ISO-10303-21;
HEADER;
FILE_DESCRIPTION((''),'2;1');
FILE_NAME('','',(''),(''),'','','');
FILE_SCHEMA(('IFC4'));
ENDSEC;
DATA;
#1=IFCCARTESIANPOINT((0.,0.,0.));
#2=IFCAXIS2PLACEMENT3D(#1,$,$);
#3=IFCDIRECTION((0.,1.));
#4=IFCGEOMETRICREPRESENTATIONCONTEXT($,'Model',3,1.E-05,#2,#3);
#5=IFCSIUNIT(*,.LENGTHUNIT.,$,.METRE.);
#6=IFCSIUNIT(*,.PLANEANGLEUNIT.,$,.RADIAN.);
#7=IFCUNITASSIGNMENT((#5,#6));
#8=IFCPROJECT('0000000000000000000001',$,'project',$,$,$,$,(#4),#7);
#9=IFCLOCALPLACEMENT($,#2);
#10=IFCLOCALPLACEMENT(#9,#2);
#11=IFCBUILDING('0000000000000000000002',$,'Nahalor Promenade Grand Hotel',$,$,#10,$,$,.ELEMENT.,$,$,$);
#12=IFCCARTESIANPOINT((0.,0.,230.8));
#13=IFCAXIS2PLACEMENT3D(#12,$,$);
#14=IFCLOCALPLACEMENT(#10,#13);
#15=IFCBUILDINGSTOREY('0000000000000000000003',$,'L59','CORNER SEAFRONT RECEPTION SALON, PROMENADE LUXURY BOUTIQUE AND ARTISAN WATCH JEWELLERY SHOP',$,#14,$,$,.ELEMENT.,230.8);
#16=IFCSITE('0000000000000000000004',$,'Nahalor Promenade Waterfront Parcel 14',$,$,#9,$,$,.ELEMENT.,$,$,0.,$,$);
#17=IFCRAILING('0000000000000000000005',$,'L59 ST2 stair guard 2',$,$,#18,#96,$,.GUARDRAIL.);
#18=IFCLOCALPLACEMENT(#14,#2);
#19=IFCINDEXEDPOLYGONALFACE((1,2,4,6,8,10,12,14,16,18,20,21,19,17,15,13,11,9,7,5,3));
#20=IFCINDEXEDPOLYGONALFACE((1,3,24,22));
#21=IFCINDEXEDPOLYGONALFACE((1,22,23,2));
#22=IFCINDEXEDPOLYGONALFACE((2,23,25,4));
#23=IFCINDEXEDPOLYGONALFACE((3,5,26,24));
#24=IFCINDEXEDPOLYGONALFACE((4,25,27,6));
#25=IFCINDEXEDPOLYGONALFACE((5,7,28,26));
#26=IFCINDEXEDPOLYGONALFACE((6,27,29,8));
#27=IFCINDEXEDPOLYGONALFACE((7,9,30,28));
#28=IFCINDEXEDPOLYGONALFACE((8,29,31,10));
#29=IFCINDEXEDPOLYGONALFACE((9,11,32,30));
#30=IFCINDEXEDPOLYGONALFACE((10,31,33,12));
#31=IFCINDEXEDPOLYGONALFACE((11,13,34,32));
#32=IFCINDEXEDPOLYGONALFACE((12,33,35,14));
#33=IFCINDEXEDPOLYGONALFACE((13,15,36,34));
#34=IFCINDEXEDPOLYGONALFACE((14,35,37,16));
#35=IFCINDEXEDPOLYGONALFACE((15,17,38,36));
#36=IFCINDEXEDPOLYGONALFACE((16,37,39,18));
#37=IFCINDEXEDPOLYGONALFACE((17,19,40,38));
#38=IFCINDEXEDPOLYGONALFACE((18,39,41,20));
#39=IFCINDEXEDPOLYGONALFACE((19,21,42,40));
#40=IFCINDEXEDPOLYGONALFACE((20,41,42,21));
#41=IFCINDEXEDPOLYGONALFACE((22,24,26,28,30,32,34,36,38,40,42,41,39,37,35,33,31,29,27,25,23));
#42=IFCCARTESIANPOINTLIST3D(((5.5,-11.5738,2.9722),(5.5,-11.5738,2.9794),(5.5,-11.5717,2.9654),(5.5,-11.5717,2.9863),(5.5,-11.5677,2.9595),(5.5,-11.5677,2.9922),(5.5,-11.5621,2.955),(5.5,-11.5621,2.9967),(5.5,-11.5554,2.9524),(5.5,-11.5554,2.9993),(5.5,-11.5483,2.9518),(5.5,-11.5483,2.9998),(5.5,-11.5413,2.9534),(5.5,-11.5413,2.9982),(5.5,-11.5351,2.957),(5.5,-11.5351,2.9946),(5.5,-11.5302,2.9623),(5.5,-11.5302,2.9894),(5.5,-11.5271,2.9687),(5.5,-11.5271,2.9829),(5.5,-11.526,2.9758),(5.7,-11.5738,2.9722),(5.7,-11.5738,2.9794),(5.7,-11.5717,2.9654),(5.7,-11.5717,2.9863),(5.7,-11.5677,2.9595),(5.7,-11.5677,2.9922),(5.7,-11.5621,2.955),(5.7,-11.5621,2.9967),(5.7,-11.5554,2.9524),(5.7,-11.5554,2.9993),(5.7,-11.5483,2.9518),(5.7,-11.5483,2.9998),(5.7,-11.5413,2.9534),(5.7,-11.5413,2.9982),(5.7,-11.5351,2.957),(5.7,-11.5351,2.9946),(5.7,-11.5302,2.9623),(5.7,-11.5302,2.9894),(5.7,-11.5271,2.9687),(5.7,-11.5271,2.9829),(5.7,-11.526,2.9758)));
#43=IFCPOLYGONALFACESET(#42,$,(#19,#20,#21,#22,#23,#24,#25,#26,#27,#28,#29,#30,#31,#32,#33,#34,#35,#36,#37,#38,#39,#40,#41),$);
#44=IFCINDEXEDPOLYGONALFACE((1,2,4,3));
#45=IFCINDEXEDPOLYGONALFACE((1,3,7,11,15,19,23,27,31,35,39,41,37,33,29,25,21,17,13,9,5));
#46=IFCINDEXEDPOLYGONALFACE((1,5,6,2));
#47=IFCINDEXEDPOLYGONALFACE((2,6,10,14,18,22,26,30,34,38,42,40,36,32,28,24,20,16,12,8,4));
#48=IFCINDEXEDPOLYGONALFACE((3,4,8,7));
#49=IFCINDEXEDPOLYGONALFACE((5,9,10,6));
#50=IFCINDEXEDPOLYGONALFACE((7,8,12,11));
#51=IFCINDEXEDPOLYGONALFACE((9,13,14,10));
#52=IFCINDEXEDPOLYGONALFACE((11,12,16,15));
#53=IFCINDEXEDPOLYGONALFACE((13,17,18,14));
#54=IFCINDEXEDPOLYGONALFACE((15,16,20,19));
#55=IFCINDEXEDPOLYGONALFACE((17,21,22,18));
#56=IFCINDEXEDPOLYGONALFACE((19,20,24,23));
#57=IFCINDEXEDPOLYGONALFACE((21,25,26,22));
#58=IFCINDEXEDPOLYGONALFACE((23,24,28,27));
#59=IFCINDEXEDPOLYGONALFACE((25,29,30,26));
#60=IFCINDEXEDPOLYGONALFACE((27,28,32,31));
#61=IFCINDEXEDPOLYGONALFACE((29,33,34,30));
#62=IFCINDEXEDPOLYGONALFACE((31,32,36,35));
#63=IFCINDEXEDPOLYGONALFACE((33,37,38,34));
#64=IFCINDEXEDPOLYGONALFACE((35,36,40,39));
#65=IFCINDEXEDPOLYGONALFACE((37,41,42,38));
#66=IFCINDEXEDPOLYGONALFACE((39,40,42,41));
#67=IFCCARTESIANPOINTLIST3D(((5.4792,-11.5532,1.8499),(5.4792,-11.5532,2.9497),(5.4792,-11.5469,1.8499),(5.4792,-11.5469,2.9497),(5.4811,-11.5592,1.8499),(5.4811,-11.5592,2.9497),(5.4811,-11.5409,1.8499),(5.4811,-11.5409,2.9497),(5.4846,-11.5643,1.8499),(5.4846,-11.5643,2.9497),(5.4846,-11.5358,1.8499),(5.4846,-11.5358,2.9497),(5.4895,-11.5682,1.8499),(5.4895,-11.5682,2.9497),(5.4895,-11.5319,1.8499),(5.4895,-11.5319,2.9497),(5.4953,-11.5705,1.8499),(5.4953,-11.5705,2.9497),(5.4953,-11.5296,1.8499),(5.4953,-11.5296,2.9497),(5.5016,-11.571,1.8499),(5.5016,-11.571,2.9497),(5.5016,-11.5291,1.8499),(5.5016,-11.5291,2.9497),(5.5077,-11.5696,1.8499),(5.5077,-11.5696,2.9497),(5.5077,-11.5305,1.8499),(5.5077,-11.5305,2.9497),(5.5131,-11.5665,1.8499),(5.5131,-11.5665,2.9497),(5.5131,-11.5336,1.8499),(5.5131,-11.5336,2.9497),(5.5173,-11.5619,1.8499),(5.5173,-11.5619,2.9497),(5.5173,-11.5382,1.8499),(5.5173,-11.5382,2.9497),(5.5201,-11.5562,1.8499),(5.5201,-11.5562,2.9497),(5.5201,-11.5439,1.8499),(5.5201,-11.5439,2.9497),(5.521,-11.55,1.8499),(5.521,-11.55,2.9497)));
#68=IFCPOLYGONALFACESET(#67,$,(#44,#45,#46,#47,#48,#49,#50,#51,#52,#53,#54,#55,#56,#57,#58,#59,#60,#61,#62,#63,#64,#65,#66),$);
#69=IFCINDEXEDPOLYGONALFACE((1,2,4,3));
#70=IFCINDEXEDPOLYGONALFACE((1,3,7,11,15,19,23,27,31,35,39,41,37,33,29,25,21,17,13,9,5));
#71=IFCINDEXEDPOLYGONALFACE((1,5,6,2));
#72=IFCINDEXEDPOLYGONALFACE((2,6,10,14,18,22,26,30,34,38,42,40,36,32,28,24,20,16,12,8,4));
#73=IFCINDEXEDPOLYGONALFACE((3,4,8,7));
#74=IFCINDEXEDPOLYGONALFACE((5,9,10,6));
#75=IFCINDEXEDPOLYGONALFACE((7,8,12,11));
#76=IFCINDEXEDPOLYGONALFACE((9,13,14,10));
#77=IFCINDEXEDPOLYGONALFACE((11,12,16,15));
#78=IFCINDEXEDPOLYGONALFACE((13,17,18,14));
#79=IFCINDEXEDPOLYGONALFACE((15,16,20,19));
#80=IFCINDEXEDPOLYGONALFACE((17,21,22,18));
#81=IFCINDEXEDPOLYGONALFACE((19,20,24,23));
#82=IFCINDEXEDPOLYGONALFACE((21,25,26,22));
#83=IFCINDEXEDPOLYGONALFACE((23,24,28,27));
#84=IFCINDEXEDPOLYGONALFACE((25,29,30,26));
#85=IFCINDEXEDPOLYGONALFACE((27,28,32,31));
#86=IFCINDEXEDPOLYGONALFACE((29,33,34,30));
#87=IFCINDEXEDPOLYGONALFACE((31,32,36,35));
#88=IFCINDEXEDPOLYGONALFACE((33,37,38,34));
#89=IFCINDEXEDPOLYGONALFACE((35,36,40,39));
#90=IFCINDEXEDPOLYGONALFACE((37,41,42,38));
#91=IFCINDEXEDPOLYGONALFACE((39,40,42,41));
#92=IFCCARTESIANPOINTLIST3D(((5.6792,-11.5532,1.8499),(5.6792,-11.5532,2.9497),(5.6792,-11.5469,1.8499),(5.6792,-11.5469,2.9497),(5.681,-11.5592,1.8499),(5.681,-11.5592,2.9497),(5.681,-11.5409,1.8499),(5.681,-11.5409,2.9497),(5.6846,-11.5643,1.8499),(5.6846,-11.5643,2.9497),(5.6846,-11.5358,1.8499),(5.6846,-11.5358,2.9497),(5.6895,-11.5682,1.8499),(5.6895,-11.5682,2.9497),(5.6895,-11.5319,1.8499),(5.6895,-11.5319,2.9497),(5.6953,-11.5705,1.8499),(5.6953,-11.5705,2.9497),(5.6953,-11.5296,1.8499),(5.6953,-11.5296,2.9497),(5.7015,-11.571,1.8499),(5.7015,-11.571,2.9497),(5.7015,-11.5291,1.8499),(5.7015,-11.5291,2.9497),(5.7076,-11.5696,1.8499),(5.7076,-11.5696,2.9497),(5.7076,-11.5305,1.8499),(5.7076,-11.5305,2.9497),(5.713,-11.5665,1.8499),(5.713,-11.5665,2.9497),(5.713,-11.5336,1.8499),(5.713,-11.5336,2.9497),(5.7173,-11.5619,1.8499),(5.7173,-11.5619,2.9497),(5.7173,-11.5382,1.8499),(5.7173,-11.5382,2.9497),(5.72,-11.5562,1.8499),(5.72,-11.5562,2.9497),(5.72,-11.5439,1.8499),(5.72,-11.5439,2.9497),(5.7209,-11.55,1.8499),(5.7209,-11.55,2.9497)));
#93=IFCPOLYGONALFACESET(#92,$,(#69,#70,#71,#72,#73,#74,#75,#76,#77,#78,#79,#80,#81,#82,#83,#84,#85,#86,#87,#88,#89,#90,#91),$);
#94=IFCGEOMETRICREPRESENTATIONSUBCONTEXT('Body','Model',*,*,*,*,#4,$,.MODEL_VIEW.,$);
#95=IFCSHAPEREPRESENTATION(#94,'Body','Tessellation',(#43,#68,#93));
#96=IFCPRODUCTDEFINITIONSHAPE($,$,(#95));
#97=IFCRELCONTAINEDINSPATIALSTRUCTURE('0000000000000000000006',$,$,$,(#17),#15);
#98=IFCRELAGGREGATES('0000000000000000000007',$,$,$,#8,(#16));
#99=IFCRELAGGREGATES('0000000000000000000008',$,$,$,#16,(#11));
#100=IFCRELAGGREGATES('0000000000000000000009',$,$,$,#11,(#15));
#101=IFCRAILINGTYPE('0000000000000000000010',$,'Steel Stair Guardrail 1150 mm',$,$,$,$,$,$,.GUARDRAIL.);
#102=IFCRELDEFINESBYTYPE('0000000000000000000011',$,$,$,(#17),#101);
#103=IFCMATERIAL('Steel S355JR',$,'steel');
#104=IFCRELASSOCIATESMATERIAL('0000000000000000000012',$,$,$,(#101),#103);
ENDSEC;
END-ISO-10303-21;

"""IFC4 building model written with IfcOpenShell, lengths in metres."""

from ifc_helpers import new_model, si_unit, direction, frame, origin, origin_2d, place, context, subcontext, project, spatial, circle, extrude, material, type_object, element, save


model = new_model("IFC4")

# Units and contexts
model_context = context("Model", 3, precision=1e-05, world=origin(), true_north=direction((0.0, 1.0)))
body_context = subcontext(model_context, "Body", "Model", "MODEL_VIEW")
ifc_project = project(units=[si_unit("LENGTHUNIT", "METRE"), si_unit("PLANEANGLEUNIT", "RADIAN")], contexts=[model_context])

# Site, building, storey
site_placement = place(None, origin())
site = spatial("IfcSite", under=ifc_project, at=site_placement, Name="Nahalor Promenade Waterfront Parcel 14", CompositionType="ELEMENT", RefElevation=0.0)
building_placement = place(site_placement, origin())
building = spatial("IfcBuilding", under=site, at=building_placement, Name="Nahalor Promenade Grand Hotel", CompositionType="ELEMENT")
storey_placement = place(building_placement, frame((0.0, 0.0, 230.8)))
storey = spatial("IfcBuildingStorey", under=building, at=storey_placement, Name="L59", Description="CORNER SEAFRONT RECEPTION SALON, PROMENADE LUXURY BOUTIQUE AND ARTISAN WATCH JEWELLERY SHOP", CompositionType="ELEMENT", Elevation=230.8)

# Shared definitions
ifc_material_1 = material(Name="Steel S355JR", Category="steel")

# Railing
railing_type_1 = type_object("IfcRailingType", Name="Steel Stair Guardrail 1150 mm", PredefinedType="GUARDRAIL", material=ifc_material_1)
railing_1_placement = place(storey_placement, frame((5.5, -11.55, 1.8499)))
element("IfcRailing", 1, at=railing_1_placement, inside=storey, type_object=railing_type_1, Name="L59 ST2 stair guard 2", PredefinedType="GUARDRAIL", context=body_context, shape_type="SweptSolid", body=[
    extrude(circle(Radius=0.024, at=origin_2d()), frame((0.0, 0.0, 1.126), z_axis=(1.0, 0.0, 0.0), x_axis=(0.0, 1.0, 0.0)), (0.0, 0.0, 1.0), 0.2),
    extrude(circle(Radius=0.021, at=origin_2d()), origin(), (0.0, 0.0, 1.0), 1.0999),
    extrude(circle(Radius=0.021, at=origin_2d()), frame((0.2, 0.0, 0.0)), (0.0, 0.0, 1.0), 1.0999),
])

save(model, "model.ifc")
